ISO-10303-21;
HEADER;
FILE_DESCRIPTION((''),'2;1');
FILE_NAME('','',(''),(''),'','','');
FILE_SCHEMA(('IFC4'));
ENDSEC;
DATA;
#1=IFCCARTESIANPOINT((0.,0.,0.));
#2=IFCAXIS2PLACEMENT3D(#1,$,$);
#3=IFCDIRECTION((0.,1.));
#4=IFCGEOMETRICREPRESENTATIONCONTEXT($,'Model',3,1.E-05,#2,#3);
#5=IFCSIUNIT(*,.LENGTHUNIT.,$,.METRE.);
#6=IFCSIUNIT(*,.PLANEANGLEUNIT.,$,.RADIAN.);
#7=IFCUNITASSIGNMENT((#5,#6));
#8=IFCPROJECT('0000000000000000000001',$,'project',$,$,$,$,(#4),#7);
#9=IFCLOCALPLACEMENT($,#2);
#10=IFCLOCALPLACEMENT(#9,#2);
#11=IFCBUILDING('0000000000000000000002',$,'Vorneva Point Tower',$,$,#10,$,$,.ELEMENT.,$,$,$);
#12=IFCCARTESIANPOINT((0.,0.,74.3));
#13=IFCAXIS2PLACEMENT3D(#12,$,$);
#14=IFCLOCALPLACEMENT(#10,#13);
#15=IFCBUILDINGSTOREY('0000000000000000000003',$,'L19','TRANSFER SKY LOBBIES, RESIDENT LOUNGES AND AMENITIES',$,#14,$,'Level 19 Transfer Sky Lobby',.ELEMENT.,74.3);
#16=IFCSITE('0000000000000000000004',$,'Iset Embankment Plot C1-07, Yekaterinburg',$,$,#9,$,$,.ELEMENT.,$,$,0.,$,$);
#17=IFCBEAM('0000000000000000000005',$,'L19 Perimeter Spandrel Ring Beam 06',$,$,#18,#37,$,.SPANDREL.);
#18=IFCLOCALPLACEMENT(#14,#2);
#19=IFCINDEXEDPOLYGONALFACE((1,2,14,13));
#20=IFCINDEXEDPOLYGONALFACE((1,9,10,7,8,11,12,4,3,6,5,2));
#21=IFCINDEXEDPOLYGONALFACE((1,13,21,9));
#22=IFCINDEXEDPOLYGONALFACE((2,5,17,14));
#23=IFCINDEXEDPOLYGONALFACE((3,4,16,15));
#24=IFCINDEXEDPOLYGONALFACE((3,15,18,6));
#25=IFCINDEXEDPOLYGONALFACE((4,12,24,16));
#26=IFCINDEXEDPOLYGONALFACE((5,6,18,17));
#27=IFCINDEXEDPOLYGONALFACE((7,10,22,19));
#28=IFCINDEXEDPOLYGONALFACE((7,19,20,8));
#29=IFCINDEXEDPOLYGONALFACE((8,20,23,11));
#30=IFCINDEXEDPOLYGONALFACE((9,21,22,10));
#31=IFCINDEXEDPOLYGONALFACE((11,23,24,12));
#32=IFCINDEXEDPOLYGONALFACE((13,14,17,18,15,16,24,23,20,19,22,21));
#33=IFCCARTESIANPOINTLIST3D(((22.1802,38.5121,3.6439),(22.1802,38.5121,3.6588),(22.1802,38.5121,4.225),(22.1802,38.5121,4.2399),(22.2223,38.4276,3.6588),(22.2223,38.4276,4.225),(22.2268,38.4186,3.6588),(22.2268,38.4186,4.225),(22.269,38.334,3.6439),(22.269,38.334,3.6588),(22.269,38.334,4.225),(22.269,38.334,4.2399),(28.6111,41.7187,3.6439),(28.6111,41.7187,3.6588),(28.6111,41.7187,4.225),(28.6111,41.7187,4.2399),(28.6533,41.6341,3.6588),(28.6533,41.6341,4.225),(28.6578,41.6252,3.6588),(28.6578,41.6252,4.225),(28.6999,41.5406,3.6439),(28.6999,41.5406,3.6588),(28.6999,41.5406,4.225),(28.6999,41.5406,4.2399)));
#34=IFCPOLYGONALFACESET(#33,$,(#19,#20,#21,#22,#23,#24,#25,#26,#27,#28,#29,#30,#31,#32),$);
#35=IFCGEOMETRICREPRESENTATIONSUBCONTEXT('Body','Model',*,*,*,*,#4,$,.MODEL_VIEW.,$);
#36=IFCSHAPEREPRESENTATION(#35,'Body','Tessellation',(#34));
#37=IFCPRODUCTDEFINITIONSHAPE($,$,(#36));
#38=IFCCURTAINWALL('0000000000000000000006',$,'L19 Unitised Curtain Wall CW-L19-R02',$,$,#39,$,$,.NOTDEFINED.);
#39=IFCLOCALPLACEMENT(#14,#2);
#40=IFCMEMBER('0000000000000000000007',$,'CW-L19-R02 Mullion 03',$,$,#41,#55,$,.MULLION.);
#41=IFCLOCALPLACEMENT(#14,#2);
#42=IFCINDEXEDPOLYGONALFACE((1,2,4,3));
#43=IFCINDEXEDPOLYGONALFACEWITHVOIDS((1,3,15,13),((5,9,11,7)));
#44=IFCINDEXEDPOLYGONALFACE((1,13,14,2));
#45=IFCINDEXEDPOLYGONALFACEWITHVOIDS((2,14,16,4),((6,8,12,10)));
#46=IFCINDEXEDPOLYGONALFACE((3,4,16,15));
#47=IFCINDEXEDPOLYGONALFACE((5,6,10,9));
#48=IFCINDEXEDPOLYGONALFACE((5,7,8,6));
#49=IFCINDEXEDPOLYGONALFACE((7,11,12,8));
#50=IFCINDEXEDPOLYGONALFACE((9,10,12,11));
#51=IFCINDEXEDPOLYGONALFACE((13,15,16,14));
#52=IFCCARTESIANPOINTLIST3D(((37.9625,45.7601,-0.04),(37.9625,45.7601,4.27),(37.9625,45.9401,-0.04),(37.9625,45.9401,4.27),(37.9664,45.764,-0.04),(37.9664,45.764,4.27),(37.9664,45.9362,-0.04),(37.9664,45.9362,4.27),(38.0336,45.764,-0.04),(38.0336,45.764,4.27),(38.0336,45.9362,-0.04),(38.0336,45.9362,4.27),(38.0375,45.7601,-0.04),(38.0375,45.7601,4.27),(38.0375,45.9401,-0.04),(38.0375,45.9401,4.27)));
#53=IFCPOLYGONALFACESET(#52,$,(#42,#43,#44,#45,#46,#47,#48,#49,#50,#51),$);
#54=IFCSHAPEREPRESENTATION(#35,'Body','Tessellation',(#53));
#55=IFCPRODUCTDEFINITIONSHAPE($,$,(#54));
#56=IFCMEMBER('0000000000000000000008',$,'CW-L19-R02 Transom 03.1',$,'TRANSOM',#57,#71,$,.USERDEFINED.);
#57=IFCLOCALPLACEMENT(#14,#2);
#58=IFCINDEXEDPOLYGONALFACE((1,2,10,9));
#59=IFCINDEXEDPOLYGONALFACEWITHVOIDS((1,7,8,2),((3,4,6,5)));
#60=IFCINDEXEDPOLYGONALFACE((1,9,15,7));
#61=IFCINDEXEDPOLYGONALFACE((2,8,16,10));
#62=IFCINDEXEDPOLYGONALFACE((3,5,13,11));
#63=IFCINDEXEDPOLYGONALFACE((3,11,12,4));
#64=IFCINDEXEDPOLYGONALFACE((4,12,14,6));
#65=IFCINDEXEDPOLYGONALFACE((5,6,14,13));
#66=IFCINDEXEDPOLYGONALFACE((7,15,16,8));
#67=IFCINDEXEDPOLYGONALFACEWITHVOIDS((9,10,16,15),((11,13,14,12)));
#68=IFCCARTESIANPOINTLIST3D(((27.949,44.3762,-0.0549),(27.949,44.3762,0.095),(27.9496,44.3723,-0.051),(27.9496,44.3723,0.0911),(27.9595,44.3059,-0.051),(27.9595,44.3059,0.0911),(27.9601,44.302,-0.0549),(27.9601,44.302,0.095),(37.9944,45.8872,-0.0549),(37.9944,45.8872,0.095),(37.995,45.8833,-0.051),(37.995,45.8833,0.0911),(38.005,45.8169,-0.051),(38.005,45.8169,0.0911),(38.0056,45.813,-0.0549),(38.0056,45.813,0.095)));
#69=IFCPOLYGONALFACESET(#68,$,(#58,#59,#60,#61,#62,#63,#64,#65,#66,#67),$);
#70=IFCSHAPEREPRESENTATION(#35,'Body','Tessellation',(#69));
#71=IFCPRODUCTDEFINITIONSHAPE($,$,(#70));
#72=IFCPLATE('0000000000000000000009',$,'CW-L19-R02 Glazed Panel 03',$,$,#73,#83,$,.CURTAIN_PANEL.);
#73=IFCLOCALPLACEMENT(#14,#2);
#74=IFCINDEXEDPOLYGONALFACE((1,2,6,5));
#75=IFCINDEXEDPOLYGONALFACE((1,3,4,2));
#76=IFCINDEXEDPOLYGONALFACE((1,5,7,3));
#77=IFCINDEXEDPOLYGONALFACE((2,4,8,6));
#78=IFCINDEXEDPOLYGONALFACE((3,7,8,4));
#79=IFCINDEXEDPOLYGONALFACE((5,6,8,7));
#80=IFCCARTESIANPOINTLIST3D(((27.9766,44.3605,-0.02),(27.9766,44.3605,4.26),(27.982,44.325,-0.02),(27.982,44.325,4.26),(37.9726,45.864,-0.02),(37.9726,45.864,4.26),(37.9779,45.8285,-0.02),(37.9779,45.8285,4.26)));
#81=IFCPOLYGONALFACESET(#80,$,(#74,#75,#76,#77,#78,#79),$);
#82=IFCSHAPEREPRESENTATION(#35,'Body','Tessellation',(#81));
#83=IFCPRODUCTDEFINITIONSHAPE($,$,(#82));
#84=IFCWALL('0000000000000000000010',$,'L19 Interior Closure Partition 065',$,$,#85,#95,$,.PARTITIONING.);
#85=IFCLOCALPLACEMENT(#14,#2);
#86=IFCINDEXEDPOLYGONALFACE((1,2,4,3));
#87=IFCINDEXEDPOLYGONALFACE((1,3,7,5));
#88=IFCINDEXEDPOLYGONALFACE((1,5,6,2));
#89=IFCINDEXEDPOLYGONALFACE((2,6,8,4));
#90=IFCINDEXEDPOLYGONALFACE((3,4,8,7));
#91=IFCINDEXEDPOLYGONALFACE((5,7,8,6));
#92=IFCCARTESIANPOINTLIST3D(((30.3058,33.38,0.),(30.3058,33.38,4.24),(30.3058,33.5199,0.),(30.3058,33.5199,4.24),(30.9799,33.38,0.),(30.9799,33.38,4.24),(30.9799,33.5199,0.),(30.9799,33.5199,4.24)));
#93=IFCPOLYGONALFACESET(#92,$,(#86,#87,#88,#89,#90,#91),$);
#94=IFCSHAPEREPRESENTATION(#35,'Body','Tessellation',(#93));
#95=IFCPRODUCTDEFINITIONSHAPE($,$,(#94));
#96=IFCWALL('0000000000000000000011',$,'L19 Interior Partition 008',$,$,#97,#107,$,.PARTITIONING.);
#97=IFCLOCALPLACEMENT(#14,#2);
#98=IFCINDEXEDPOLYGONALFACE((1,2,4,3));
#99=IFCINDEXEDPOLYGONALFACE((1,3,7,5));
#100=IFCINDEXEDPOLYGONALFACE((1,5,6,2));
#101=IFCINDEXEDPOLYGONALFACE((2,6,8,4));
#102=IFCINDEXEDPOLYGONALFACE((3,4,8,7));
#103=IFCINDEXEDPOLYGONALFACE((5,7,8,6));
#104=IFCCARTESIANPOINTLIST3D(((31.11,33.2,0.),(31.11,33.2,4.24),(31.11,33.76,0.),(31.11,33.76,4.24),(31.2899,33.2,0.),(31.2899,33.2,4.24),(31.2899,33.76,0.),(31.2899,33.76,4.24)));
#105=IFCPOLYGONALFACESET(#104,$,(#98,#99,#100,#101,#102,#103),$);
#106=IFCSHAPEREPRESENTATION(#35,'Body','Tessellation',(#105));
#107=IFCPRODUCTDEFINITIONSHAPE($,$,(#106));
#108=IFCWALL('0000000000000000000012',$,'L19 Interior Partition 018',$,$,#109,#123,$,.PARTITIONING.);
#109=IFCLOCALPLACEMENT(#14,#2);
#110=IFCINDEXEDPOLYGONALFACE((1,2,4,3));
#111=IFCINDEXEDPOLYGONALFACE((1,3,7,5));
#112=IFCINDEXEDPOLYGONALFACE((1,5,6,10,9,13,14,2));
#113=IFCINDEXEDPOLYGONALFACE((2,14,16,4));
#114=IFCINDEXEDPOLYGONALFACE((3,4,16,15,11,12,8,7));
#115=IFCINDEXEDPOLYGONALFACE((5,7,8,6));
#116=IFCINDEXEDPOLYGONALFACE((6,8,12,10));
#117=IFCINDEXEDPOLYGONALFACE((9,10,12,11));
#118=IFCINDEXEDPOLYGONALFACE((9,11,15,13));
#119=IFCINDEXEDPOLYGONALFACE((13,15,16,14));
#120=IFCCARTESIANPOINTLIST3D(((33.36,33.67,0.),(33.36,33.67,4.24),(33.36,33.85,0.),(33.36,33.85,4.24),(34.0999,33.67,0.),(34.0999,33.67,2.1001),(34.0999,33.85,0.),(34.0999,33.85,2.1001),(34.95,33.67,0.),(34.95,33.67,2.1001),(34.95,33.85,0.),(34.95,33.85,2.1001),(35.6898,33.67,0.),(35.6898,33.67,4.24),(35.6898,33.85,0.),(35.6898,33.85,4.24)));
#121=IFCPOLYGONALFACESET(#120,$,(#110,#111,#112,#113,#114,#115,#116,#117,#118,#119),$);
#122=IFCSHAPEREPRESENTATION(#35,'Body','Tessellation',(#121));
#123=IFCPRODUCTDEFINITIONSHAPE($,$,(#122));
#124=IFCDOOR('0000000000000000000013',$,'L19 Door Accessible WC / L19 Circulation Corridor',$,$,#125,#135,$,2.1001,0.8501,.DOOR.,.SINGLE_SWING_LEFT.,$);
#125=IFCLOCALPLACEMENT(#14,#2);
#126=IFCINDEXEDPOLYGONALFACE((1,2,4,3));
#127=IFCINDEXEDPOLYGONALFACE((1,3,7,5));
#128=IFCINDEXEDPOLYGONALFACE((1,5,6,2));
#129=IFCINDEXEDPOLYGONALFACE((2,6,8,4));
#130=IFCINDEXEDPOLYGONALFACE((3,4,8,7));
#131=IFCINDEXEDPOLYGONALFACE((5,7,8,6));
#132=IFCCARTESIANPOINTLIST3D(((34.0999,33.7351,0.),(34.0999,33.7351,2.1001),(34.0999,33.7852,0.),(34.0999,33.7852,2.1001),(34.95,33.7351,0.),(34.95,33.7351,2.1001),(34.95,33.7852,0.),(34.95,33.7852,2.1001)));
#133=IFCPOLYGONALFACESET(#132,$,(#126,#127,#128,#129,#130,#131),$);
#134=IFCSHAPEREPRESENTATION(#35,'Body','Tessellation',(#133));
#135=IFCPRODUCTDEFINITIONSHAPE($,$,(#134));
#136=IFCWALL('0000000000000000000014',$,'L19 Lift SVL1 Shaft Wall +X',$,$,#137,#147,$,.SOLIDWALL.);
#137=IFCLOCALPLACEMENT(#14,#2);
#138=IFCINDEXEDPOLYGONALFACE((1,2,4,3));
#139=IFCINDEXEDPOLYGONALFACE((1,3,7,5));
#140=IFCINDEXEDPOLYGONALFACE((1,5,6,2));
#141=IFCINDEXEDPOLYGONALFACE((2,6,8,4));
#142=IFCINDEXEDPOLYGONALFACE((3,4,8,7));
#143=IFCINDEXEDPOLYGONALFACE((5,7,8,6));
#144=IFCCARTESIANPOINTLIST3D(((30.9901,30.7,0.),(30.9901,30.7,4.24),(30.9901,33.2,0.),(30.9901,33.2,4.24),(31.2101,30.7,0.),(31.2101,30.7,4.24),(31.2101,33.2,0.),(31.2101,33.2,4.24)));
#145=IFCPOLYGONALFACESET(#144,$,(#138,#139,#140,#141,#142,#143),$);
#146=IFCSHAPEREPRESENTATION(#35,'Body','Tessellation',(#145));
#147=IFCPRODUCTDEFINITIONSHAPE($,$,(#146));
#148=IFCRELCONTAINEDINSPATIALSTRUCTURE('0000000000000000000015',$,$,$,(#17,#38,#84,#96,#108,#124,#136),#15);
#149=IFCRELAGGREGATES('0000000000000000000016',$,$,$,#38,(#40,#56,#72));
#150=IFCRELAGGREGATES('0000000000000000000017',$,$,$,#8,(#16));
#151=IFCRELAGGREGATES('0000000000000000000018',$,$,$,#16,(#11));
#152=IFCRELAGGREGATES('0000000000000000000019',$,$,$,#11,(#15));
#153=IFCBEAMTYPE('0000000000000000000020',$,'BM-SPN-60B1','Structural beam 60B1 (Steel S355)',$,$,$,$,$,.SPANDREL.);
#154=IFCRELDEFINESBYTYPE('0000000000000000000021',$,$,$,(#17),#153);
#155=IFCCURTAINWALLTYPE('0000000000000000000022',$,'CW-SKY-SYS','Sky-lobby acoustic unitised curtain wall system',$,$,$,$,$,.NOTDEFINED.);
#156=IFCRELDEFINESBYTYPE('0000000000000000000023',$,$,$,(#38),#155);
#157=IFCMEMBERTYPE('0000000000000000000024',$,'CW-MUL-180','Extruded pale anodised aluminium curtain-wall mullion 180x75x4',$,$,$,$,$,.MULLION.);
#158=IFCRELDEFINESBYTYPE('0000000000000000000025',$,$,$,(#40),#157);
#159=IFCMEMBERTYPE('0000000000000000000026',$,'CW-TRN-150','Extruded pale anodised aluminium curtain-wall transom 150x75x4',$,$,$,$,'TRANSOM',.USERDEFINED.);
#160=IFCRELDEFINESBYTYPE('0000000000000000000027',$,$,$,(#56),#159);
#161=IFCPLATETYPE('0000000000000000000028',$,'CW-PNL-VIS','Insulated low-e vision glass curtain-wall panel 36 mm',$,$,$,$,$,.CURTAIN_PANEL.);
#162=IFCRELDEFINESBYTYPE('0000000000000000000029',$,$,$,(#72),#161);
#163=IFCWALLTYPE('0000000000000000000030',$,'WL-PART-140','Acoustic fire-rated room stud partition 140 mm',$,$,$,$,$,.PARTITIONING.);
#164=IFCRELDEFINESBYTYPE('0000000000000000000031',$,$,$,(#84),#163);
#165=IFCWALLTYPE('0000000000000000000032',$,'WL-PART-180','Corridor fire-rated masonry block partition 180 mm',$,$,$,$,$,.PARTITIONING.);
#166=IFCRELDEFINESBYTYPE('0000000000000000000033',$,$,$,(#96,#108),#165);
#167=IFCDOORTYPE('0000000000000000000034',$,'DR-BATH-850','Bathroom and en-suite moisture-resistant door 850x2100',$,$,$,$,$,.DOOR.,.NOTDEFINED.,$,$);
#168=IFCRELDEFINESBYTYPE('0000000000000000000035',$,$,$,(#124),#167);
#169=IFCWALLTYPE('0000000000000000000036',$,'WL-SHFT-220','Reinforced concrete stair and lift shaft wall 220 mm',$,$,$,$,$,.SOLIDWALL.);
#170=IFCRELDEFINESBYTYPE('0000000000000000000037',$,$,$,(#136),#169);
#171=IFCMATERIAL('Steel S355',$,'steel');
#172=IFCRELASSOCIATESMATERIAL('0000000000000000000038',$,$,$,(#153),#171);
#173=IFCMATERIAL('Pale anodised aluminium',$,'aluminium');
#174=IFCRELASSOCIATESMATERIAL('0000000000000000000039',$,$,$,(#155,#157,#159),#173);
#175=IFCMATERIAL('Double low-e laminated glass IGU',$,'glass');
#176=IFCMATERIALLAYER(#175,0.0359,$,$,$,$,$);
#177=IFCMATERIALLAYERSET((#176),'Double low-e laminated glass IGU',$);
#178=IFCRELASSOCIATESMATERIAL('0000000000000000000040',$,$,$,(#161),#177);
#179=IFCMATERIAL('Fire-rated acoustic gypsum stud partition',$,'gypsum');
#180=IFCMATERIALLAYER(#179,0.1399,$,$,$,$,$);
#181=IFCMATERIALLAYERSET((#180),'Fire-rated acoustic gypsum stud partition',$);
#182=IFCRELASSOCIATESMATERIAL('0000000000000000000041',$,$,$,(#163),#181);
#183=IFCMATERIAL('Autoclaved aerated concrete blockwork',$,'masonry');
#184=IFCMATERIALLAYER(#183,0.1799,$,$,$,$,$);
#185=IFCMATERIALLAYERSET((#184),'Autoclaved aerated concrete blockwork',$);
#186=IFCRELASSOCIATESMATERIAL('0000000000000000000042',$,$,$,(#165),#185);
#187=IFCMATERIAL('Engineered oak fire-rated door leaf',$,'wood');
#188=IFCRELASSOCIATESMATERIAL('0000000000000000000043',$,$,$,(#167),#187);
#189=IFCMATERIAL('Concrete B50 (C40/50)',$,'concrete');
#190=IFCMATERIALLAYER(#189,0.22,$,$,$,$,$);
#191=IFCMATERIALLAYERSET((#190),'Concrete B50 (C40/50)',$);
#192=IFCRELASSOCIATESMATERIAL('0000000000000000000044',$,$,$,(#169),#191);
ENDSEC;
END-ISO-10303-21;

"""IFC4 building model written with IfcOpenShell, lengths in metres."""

from ifc_helpers import new_model, si_unit, direction, frame, frame_2d, origin, origin_2d, place, context, subcontext, project, spatial, rectangle, hollow_rectangle, i_section, extrude, material, layer, layer_set, material_profile, profile_set, type_object, element, fill, aggregate, save


model = new_model("IFC4")

# Units and contexts
model_context = context("Model", 3, precision=1e-05, world=origin(), true_north=direction((0.0, 1.0)))
body_context = subcontext(model_context, "Body", "Model", "MODEL_VIEW")
ifc_project = project(units=[si_unit("LENGTHUNIT", "METRE"), si_unit("PLANEANGLEUNIT", "RADIAN")], contexts=[model_context])

# Site, building, storey
site_placement = place(None, origin())
site = spatial("IfcSite", under=ifc_project, at=site_placement, Name="Iset Embankment Plot C1-07, Yekaterinburg", CompositionType="ELEMENT", RefElevation=0.0)
building_placement = place(site_placement, origin())
building = spatial("IfcBuilding", under=site, at=building_placement, Name="Vorneva Point Tower", CompositionType="ELEMENT")
storey_placement = place(building_placement, frame((0.0, 0.0, 74.3)))
storey = spatial("IfcBuildingStorey", under=building, at=storey_placement, Name="L19", Description="TRANSFER SKY LOBBIES, RESIDENT LOUNGES AND AMENITIES", LongName="Level 19 Transfer Sky Lobby", CompositionType="ELEMENT", Elevation=74.3)

# Beam
ifc_material_1 = material(Name="Steel S355", Category="steel")
ifc_material_profile_1 = material_profile(ifc_material_1, i_section(OverallWidth=0.199, OverallDepth=0.5959, WebThickness=0.01, FlangeThickness=0.0149, at=origin_2d()), Name="60B1")
ifc_profile_set_1 = profile_set([ifc_material_profile_1], Name="Steel S355")
beam_type_1 = type_object("IfcBeamType", Name="BM-SPN-60B1", Description="Structural beam 60B1 (Steel S355)", PredefinedType="SPANDREL", material=ifc_profile_set_1)
beam_1_placement = place(storey_placement, frame((28.6555, 41.6296, 3.9419), z_axis=(-0.894923, -0.446221, 0.0), x_axis=(0.446221, -0.894923, 0.0)))
element("IfcBeam", 1, at=beam_1_placement, inside=storey, type_object=beam_type_1, Name="L19 Perimeter Spandrel Ring Beam 06", PredefinedType="SPANDREL", context=body_context, shape_type="SweptSolid", body=[
    extrude(i_section(OverallWidth=0.199, OverallDepth=0.5959, WebThickness=0.01, FlangeThickness=0.0149, at=origin_2d()), origin(), (0.0, 0.0, 1.0), 7.186),
])

# Curtain wall, members, plate
ifc_material_2 = material(Name="Pale anodised aluminium", Category="aluminium")
curtain_wall_type = type_object("IfcCurtainWallType", Name="CW-SKY-SYS", Description="Sky-lobby acoustic unitised curtain wall system", PredefinedType="NOTDEFINED", material=ifc_material_2)
curtain_wall_placement = place(storey_placement, origin())
curtain_wall = element("IfcCurtainWall", 2, at=curtain_wall_placement, inside=storey, type_object=curtain_wall_type, Name="L19 Unitised Curtain Wall CW-L19-R02", PredefinedType="NOTDEFINED")
ifc_material_profile_2 = material_profile(ifc_material_2, hollow_rectangle(XDim=0.075, YDim=0.1799, WallThickness=0.0039, at=origin_2d()), Name="AL-MUL 180x75x4")
ifc_profile_set_2 = profile_set([ifc_material_profile_2], Name="Pale anodised aluminium")
member_type_1 = type_object("IfcMemberType", Name="CW-MUL-180", Description="Extruded pale anodised aluminium curtain-wall mullion 180x75x4", PredefinedType="MULLION", material=ifc_profile_set_2)
member_1_placement = place(storey_placement, frame((38.0, 45.8501, -0.04), z_axis=(0.0, 0.0, 1.0), x_axis=(1.0, 0.0, 0.0)))
member_1 = element("IfcMember", 3, at=member_1_placement, type_object=member_type_1, Name="CW-L19-R02 Mullion 03", PredefinedType="MULLION", context=body_context, shape_type="SweptSolid", body=[
    extrude(hollow_rectangle(XDim=0.075, YDim=0.1799, WallThickness=0.0039, at=origin_2d()), origin(), (0.0, 0.0, 1.0), 4.3101),
])
ifc_material_profile_3 = material_profile(ifc_material_2, hollow_rectangle(XDim=0.075, YDim=0.1499, WallThickness=0.0039, at=origin_2d()), Name="AL-TRN 150x75x4")
ifc_profile_set_3 = profile_set([ifc_material_profile_3], Name="Pale anodised aluminium")
member_type_2 = type_object("IfcMemberType", Name="CW-TRN-150", Description="Extruded pale anodised aluminium curtain-wall transom 150x75x4", ElementType="TRANSOM", PredefinedType="USERDEFINED", material=ifc_profile_set_3)
member_2_placement = place(storey_placement, frame((38.0, 45.8501, 0.02), z_axis=(-0.988876, -0.148742, 0.0), x_axis=(0.148742, -0.988876, 0.0)))
member_2 = element("IfcMember", 4, at=member_2_placement, type_object=member_type_2, Name="CW-L19-R02 Transom 03.1", ObjectType="TRANSOM", PredefinedType="USERDEFINED", context=body_context, shape_type="SweptSolid", body=[
    extrude(hollow_rectangle(XDim=0.075, YDim=0.1499, WallThickness=0.0039, at=origin_2d()), origin(), (0.0, 0.0, 1.0), 10.1584),
])
ifc_material_3 = material(Name="Double low-e laminated glass IGU", Category="glass")
ifc_layer_1 = layer(ifc_material_3, 0.0359)
ifc_layer_set_1 = layer_set([ifc_layer_1], Name="Double low-e laminated glass IGU")
plate_type = type_object("IfcPlateType", Name="CW-PNL-VIS", Description="Insulated low-e vision glass curtain-wall panel 36 mm", PredefinedType="CURTAIN_PANEL", material=ifc_layer_set_1)
plate_placement = place(storey_placement, frame((32.9773, 45.0945, -0.02), z_axis=(0.0, 0.0, 1.0), x_axis=(-0.988876, -0.148741, 0.0)))
plate = element("IfcPlate", 5, at=plate_placement, type_object=plate_type, Name="CW-L19-R02 Glazed Panel 03", PredefinedType="CURTAIN_PANEL", context=body_context, shape_type="SweptSolid", body=[
    extrude(rectangle(XDim=10.1084, YDim=0.0359, at=origin_2d()), origin(), (0.0, 0.0, 1.0), 4.28),
])
aggregate(curtain_wall, [member_1, member_2, plate])

# Wall
ifc_material_4 = material(Name="Fire-rated acoustic gypsum stud partition", Category="gypsum")
ifc_layer_2 = layer(ifc_material_4, 0.1399)
ifc_layer_set_2 = layer_set([ifc_layer_2], Name="Fire-rated acoustic gypsum stud partition")
wall_type_1 = type_object("IfcWallType", Name="WL-PART-140", Description="Acoustic fire-rated room stud partition 140 mm", PredefinedType="PARTITIONING", material=ifc_layer_set_2)
wall_1_placement = place(storey_placement, frame((30.3059, 33.45, 0.0), z_axis=(0.0, 0.0, 1.0), x_axis=(1.0, 0.0, 0.0)))
element("IfcWall", 6, at=wall_1_placement, inside=storey, type_object=wall_type_1, Name="L19 Interior Closure Partition 065", PredefinedType="PARTITIONING", context=body_context, shape_type="SweptSolid", body=[
    extrude(rectangle(XDim=0.6741, YDim=0.1399, at=frame_2d((0.3369, 0.0))), origin(), (0.0, 0.0, 1.0), 4.24),
])

# Shared definitions
ifc_material_5 = material(Name="Autoclaved aerated concrete blockwork", Category="masonry")
ifc_layer_3 = layer(ifc_material_5, 0.1799)
ifc_layer_set_3 = layer_set([ifc_layer_3], Name="Autoclaved aerated concrete blockwork")
wall_type_2 = type_object("IfcWallType", Name="WL-PART-180", Description="Corridor fire-rated masonry block partition 180 mm", PredefinedType="PARTITIONING", material=ifc_layer_set_3)

# Wall
wall_2_placement = place(storey_placement, frame((31.2, 33.76, 0.0), z_axis=(0.0, 0.0, 1.0), x_axis=(0.0, -1.0, 0.0)))
element("IfcWall", 7, at=wall_2_placement, inside=storey, type_object=wall_type_2, Name="L19 Interior Partition 008", PredefinedType="PARTITIONING", context=body_context, shape_type="SweptSolid", body=[
    extrude(rectangle(XDim=0.5601, YDim=0.1799, at=frame_2d((0.28, 0.0))), origin(), (0.0, 0.0, 1.0), 4.24),
])

# Wall, opening, door
wall_3_placement = place(storey_placement, frame((35.6899, 33.76, 0.0), z_axis=(0.0, 0.0, 1.0), x_axis=(-1.0, 0.0, 0.0)))
wall_3 = element("IfcWall", 8, at=wall_3_placement, inside=storey, type_object=wall_type_2, Name="L19 Interior Partition 018", PredefinedType="PARTITIONING", context=body_context, shape_type="SweptSolid", body=[
    extrude(rectangle(XDim=2.3298, YDim=0.1799, at=frame_2d((1.165, 0.0))), origin(), (0.0, 0.0, 1.0), 4.24),
])
opening_1_placement = place(wall_3_placement, frame((0.74, 0.0, 0.0)))
opening_1 = element("IfcOpeningElement", 9, at=opening_1_placement, cuts=wall_3, PredefinedType="OPENING", context=body_context, shape_type="SweptSolid", body=[
    extrude(rectangle(XDim=0.8501, YDim=2.1001, at=frame_2d((0.425, 1.05))), frame((0.0, 0.105, 0.0), z_axis=(0.0, -1.0, 0.0), x_axis=(1.0, 0.0, 0.0)), (0.0, 0.0, 1.0), 0.2097),
])
ifc_material_6 = material(Name="Engineered oak fire-rated door leaf", Category="wood")
door_type_1 = type_object("IfcDoorType", Name="DR-BATH-850", Description="Bathroom and en-suite moisture-resistant door 850x2100", OperationType="NOTDEFINED", PredefinedType="DOOR", material=ifc_material_6)
door_1_placement = place(opening_1_placement, origin())
door_1 = element("IfcDoor", 10, at=door_1_placement, inside=storey, type_object=door_type_1, Name="L19 Door Accessible WC / L19 Circulation Corridor", OperationType="SINGLE_SWING_LEFT", OverallHeight=2.1001, OverallWidth=0.8501, PredefinedType="DOOR", context=body_context, shape_type="SweptSolid", body=[
    extrude(rectangle(XDim=0.8501, YDim=2.1001, at=frame_2d((0.425, 1.05))), frame((0.0, 0.0249, 0.0), z_axis=(0.0, -1.0, 0.0), x_axis=(1.0, 0.0, 0.0)), (0.0, 0.0, 1.0), 0.05),
])
fill(opening_1, door_1)

# Wall
ifc_material_7 = material(Name="Concrete B50 (C40/50)", Category="concrete")
ifc_layer_4 = layer(ifc_material_7, 0.22)
ifc_layer_set_4 = layer_set([ifc_layer_4], Name="Concrete B50 (C40/50)")
wall_type_3 = type_object("IfcWallType", Name="WL-SHFT-220", Description="Reinforced concrete stair and lift shaft wall 220 mm", PredefinedType="SOLIDWALL", material=ifc_layer_set_4)
wall_4_placement = place(storey_placement, frame((31.1001, 30.7, 0.0), z_axis=(0.0, 0.0, 1.0), x_axis=(0.0, 1.0, 0.0)))
element("IfcWall", 11, at=wall_4_placement, inside=storey, type_object=wall_type_3, Name="L19 Lift SVL1 Shaft Wall +X", PredefinedType="SOLIDWALL", context=body_context, shape_type="SweptSolid", body=[
    extrude(rectangle(XDim=2.5, YDim=0.22, at=frame_2d((1.25, 0.0))), origin(), (0.0, 0.0, 1.0), 4.24),
])

save(model, "model.ifc")
